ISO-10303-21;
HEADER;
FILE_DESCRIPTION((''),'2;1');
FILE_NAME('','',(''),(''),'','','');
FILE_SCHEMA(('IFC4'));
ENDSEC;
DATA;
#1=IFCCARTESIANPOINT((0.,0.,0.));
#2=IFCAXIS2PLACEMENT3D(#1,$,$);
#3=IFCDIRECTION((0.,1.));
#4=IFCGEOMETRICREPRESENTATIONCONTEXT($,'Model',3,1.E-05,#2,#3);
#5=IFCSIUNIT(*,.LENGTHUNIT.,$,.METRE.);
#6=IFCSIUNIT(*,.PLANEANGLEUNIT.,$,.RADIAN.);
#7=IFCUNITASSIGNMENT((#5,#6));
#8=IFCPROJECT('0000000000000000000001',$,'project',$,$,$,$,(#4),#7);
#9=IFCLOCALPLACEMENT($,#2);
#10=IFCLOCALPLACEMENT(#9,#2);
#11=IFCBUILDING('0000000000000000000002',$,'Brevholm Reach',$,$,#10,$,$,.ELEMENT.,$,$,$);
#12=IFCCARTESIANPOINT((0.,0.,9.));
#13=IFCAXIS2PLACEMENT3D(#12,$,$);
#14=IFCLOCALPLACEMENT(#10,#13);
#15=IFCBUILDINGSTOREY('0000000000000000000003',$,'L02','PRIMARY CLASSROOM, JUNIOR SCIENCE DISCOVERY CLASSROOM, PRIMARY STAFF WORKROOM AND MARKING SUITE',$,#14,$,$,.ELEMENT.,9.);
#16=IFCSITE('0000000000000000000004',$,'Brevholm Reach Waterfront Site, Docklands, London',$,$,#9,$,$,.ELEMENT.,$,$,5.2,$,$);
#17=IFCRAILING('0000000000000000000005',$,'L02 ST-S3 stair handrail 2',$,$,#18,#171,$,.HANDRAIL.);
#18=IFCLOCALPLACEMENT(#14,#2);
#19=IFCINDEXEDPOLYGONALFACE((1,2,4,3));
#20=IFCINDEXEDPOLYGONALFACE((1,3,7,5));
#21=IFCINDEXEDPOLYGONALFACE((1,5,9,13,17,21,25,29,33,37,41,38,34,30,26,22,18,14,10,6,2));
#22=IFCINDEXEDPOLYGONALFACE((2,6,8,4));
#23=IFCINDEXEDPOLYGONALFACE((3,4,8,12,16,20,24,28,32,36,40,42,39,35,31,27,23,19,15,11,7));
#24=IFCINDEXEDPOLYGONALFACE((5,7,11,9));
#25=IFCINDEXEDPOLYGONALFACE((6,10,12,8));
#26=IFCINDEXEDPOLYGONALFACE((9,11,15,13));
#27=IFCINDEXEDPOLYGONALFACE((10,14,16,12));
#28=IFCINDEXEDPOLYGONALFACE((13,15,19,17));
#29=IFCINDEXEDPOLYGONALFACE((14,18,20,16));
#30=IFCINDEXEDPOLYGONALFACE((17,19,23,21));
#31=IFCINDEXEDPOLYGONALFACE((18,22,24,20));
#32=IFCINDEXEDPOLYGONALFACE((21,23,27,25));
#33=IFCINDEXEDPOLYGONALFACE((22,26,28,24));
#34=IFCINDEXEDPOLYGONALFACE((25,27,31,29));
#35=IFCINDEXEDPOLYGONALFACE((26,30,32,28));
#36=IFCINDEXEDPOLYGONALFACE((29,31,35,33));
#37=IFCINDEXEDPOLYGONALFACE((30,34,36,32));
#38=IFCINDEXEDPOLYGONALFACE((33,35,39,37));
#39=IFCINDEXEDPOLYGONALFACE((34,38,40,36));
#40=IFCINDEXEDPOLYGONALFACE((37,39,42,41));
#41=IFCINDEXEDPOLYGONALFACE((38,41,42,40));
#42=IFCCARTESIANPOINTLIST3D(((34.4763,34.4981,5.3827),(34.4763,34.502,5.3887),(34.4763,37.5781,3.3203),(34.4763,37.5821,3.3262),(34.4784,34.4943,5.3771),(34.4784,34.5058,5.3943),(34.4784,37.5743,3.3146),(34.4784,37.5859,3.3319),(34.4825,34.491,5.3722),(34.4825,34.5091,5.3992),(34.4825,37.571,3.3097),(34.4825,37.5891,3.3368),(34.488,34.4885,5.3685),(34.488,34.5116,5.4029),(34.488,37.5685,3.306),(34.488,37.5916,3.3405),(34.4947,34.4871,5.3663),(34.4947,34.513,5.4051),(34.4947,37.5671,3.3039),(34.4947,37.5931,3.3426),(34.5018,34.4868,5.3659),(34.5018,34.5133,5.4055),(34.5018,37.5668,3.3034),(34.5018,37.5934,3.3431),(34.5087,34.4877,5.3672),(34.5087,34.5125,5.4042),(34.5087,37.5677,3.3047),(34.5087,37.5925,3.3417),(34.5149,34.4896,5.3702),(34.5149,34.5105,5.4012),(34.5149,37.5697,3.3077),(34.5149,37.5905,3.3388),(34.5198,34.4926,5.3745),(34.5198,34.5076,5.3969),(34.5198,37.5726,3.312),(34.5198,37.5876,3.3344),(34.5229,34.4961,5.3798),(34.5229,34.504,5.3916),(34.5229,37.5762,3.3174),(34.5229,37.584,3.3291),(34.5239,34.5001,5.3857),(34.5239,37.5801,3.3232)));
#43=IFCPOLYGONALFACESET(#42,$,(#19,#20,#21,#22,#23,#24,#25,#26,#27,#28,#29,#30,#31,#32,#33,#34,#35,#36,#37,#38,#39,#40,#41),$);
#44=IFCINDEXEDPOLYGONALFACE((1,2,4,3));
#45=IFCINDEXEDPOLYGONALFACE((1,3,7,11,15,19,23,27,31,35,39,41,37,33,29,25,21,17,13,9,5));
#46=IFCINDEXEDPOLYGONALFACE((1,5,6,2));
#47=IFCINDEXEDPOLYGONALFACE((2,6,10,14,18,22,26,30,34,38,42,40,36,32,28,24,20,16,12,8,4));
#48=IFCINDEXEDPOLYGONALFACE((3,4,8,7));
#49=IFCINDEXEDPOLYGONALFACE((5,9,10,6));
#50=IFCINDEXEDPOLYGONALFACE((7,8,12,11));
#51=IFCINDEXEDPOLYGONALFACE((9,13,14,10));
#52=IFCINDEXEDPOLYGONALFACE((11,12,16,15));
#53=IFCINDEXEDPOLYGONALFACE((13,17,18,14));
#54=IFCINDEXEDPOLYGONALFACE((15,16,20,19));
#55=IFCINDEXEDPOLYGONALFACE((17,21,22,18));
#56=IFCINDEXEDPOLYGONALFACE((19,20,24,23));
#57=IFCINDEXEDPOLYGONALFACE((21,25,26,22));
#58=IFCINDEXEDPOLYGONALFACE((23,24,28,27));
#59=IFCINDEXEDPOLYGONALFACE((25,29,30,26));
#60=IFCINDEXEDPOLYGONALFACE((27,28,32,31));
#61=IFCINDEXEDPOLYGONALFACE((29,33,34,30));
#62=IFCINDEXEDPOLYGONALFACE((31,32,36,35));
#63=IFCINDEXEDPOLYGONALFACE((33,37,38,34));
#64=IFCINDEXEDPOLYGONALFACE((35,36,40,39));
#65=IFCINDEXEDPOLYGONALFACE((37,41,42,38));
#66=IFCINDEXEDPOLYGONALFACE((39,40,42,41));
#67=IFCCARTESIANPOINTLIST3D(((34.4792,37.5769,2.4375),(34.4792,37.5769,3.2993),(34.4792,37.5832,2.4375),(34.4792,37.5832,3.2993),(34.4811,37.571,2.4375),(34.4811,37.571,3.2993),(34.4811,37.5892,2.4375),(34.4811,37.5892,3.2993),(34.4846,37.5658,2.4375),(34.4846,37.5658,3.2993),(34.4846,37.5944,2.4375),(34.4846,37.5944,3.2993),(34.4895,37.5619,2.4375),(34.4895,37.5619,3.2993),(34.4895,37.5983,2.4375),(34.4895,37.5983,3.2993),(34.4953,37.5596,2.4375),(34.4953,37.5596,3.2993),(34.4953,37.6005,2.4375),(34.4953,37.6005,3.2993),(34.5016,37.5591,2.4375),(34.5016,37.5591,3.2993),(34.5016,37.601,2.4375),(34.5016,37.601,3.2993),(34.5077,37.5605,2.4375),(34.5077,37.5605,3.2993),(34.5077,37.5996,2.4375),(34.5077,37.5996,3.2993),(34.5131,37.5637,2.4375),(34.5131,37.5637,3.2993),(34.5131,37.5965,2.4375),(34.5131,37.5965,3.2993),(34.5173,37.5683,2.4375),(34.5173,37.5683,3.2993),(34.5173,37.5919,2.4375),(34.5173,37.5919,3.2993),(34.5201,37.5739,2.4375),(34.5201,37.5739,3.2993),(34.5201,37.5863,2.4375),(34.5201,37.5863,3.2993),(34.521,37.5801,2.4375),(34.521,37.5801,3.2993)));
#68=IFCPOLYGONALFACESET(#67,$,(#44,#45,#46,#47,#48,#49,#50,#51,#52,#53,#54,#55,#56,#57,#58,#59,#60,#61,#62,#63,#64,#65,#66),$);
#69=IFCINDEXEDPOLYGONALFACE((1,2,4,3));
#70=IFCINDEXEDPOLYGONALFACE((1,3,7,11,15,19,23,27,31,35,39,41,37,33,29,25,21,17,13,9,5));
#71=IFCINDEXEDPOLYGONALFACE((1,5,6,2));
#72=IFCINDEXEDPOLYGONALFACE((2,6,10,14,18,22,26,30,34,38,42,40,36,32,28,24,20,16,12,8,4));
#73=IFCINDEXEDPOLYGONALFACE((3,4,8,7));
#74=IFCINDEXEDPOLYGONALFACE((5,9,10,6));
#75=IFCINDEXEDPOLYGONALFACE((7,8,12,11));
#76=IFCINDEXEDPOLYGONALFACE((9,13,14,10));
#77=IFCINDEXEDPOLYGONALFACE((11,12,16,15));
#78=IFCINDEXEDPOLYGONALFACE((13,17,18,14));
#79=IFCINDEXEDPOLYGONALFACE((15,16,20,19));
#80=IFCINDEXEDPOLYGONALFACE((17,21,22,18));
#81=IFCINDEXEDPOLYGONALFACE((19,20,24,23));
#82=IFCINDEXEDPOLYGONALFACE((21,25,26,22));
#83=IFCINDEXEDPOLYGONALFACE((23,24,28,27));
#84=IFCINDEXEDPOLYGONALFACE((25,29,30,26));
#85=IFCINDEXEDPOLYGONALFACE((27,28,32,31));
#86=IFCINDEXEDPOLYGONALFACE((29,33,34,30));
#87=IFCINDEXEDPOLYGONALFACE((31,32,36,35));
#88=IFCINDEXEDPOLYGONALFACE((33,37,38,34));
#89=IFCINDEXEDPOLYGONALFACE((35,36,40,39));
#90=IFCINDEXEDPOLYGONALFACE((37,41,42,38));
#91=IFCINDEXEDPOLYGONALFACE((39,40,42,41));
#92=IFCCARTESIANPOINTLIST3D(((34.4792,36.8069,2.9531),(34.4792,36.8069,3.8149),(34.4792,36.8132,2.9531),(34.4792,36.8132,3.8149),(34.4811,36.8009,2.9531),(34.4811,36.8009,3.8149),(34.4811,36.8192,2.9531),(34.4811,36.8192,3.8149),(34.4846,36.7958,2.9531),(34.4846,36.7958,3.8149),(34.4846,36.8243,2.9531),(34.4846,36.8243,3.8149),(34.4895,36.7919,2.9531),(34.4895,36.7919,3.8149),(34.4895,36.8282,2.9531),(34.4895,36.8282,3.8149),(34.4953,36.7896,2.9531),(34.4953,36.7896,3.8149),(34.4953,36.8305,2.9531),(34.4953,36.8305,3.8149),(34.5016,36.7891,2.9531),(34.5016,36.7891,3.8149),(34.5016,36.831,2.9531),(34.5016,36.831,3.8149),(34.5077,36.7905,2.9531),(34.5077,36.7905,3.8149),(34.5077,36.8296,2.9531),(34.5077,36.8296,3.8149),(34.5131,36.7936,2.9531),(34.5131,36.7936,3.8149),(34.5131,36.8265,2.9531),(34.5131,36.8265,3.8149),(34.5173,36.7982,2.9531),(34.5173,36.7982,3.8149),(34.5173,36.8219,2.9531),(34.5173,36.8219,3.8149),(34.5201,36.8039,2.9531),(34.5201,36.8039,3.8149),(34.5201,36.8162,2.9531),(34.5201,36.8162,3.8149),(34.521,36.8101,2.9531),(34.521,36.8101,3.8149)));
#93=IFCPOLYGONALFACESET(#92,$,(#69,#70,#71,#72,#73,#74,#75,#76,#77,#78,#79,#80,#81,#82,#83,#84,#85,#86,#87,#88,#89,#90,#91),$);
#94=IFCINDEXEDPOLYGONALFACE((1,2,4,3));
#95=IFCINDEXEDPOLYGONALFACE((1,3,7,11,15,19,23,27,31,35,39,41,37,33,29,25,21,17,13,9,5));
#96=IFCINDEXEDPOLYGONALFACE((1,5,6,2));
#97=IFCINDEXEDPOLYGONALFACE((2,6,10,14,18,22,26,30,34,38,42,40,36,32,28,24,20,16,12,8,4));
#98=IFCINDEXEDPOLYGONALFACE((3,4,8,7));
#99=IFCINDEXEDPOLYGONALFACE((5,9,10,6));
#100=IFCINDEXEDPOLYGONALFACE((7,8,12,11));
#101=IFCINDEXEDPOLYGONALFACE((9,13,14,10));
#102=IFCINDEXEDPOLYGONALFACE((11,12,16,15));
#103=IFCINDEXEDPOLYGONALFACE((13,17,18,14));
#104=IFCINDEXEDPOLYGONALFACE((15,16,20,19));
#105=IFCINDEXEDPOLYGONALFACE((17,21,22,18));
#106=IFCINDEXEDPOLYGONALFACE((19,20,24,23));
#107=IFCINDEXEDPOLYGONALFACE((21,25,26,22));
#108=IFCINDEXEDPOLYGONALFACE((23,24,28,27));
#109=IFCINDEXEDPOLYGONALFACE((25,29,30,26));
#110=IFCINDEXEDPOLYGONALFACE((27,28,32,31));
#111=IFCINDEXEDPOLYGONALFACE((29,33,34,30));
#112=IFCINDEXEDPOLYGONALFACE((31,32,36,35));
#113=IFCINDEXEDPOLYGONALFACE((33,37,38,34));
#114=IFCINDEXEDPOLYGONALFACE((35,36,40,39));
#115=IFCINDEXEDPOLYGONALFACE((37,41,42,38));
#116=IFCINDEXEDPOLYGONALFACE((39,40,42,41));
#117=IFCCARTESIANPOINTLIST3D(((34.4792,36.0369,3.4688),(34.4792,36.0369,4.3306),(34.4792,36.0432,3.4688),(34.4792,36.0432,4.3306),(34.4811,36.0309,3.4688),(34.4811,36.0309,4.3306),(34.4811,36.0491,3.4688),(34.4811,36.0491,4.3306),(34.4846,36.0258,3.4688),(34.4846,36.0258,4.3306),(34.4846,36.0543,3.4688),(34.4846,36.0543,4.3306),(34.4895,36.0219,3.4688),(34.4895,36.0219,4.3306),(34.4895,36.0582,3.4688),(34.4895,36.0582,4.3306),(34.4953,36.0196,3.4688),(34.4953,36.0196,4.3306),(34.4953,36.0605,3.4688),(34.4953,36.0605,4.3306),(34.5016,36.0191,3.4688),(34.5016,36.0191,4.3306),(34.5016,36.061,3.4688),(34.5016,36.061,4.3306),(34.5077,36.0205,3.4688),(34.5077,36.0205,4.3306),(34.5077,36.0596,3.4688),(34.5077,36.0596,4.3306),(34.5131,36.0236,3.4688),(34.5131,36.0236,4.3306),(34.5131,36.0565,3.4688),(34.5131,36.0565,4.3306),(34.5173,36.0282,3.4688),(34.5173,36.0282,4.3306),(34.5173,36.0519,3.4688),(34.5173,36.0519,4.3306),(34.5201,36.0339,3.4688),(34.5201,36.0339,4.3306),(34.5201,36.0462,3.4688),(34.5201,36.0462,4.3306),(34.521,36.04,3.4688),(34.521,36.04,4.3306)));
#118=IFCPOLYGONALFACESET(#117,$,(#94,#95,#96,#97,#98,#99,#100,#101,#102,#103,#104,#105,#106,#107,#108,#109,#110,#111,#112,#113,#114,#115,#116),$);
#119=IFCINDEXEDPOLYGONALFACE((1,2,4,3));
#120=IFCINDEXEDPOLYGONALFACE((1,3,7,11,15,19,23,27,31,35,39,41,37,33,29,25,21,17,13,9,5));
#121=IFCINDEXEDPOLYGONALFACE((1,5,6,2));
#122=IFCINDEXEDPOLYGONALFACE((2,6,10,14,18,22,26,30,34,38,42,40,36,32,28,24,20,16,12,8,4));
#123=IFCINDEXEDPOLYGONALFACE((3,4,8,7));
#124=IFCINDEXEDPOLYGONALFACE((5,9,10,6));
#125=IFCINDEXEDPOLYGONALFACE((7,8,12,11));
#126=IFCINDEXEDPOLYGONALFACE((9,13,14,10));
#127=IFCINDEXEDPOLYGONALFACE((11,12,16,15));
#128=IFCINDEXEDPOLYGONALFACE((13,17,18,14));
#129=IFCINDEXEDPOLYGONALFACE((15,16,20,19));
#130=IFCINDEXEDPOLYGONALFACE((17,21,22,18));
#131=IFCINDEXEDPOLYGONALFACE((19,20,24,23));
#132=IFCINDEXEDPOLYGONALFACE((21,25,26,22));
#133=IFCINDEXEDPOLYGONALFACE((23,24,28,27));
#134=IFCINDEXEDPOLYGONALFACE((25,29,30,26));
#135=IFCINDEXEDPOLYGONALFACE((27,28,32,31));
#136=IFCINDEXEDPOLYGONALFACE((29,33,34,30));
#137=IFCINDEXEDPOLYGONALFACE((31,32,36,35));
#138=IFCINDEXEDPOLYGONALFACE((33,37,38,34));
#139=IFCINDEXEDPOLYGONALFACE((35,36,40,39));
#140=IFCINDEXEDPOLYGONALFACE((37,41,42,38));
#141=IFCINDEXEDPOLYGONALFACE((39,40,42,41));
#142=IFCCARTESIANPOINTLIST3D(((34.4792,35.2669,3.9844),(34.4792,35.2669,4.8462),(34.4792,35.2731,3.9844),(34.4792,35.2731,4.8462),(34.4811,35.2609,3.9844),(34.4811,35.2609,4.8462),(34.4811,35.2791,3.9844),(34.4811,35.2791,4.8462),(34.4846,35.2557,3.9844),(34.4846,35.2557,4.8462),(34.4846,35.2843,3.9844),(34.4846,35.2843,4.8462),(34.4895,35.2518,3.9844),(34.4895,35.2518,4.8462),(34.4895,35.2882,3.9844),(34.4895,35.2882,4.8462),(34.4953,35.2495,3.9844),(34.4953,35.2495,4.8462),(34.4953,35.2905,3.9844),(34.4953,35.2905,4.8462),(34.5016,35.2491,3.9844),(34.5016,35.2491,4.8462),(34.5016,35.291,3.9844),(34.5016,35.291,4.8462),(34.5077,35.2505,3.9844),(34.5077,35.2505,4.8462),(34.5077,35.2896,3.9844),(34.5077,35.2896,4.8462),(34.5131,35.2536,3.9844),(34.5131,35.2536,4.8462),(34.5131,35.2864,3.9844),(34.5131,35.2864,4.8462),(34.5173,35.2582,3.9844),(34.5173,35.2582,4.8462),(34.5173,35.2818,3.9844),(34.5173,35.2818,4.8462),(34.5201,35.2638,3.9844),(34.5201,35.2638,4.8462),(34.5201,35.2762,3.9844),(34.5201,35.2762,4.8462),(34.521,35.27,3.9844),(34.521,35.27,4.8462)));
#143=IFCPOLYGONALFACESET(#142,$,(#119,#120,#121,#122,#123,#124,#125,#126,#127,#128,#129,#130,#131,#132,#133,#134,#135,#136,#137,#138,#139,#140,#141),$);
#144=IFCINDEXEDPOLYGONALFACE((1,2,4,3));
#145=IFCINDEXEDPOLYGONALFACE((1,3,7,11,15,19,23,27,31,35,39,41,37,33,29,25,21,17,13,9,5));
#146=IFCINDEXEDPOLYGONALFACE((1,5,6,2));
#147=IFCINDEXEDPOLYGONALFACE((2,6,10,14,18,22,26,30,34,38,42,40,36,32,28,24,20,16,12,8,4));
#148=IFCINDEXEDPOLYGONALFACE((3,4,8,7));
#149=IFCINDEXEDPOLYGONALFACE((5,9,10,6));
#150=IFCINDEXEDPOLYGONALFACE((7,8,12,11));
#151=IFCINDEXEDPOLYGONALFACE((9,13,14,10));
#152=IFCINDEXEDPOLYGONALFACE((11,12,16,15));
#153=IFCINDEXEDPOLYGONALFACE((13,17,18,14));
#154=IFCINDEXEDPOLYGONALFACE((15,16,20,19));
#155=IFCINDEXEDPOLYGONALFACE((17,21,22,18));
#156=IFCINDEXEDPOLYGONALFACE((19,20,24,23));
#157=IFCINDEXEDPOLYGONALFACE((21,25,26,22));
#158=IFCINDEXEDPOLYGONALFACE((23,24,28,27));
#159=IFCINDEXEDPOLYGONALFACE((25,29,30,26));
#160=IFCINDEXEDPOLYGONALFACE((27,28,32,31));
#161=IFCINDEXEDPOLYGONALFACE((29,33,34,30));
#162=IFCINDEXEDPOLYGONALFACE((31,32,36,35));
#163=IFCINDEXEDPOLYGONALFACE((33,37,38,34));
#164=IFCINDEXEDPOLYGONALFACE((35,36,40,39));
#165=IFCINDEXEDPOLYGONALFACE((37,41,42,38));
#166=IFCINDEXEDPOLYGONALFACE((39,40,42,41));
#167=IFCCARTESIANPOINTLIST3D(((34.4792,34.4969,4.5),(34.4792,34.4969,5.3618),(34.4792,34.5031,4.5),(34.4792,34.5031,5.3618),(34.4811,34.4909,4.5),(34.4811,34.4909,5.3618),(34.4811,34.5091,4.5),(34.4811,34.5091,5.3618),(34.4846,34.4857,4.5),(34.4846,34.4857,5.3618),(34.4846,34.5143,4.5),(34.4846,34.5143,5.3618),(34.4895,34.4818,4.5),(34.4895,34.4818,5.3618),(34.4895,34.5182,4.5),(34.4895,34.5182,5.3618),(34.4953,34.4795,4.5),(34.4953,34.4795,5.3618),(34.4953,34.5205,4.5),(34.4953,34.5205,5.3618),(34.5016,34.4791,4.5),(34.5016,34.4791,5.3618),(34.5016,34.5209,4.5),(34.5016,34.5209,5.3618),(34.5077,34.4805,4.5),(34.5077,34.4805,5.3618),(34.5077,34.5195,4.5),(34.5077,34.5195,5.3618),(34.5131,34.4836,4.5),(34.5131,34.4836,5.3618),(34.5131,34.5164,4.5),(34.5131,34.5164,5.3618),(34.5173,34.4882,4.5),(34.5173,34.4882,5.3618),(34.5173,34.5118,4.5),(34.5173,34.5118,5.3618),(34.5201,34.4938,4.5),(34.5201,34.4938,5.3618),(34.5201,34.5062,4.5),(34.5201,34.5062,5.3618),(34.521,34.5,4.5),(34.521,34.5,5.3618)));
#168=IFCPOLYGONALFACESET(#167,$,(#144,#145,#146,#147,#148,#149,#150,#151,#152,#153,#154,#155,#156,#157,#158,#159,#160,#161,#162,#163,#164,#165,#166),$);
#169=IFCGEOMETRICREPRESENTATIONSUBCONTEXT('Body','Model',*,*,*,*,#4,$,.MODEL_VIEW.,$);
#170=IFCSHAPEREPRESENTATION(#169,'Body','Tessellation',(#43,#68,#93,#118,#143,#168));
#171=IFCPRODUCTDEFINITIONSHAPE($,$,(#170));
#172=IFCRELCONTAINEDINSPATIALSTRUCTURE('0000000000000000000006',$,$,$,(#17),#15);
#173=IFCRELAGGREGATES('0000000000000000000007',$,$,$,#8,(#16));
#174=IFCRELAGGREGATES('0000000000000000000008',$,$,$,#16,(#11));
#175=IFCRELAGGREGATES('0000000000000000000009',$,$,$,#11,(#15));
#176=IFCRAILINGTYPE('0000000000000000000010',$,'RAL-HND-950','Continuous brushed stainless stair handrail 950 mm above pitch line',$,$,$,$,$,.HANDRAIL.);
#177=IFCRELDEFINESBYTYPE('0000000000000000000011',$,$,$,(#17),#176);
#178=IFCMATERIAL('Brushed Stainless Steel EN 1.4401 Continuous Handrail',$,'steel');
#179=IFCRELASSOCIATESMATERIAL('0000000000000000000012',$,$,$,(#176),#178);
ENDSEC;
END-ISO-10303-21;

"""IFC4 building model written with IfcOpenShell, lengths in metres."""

from ifc_helpers import new_model, si_unit, direction, frame, origin, origin_2d, place, context, subcontext, project, spatial, circle, extrude, material, type_object, element, save


model = new_model("IFC4")

# Units and contexts
model_context = context("Model", 3, precision=1e-05, world=origin(), true_north=direction((0.0, 1.0)))
body_context = subcontext(model_context, "Body", "Model", "MODEL_VIEW")
ifc_project = project(units=[si_unit("LENGTHUNIT", "METRE"), si_unit("PLANEANGLEUNIT", "RADIAN")], contexts=[model_context])

# Site, building, storey
site_placement = place(None, origin())
site = spatial("IfcSite", under=ifc_project, at=site_placement, Name="Brevholm Reach Waterfront Site, Docklands, London", CompositionType="ELEMENT", RefElevation=5.2)
building_placement = place(site_placement, origin())
building = spatial("IfcBuilding", under=site, at=building_placement, Name="Brevholm Reach", CompositionType="ELEMENT")
storey_placement = place(building_placement, frame((0.0, 0.0, 9.0)))
storey = spatial("IfcBuildingStorey", under=building, at=storey_placement, Name="L02", Description="PRIMARY CLASSROOM, JUNIOR SCIENCE DISCOVERY CLASSROOM, PRIMARY STAFF WORKROOM AND MARKING SUITE", CompositionType="ELEMENT", Elevation=9.0)

# Railing
ifc_material_1 = material(Name="Brushed Stainless Steel EN 1.4401 Continuous Handrail", Category="steel")
railing_type_1 = type_object("IfcRailingType", Name="RAL-HND-950", Description="Continuous brushed stainless stair handrail 950 mm above pitch line", PredefinedType="HANDRAIL", material=ifc_material_1)
railing_1_placement = place(storey_placement, frame((34.5, 37.5801, 2.4375)))
element("IfcRailing", 1, at=railing_1_placement, inside=storey, type_object=railing_type_1, Name="L02 ST-S3 stair handrail 2", PredefinedType="HANDRAIL", context=body_context, shape_type="SweptSolid", body=[
    extrude(circle(Radius=0.0239, at=origin_2d()), frame((0.0, 0.0, 0.8857), z_axis=(0.0, -0.830914, 0.556401), x_axis=(1.0, 0.0, 0.0)), (0.0, 0.0, 1.0), 3.7068),
    extrude(circle(Radius=0.021, at=origin_2d()), origin(), (0.0, 0.0, 1.0), 0.8618),
    extrude(circle(Radius=0.021, at=origin_2d()), frame((0.0, -0.77, 0.5156)), (0.0, 0.0, 1.0), 0.8618),
    extrude(circle(Radius=0.021, at=origin_2d()), frame((0.0, -1.54, 1.0312)), (0.0, 0.0, 1.0), 0.8618),
    extrude(circle(Radius=0.021, at=origin_2d()), frame((0.0, -2.3101, 1.5469)), (0.0, 0.0, 1.0), 0.8618),
    extrude(circle(Radius=0.021, at=origin_2d()), frame((0.0, -3.0801, 2.0625)), (0.0, 0.0, 1.0), 0.8618),
])

save(model, "model.ifc")
